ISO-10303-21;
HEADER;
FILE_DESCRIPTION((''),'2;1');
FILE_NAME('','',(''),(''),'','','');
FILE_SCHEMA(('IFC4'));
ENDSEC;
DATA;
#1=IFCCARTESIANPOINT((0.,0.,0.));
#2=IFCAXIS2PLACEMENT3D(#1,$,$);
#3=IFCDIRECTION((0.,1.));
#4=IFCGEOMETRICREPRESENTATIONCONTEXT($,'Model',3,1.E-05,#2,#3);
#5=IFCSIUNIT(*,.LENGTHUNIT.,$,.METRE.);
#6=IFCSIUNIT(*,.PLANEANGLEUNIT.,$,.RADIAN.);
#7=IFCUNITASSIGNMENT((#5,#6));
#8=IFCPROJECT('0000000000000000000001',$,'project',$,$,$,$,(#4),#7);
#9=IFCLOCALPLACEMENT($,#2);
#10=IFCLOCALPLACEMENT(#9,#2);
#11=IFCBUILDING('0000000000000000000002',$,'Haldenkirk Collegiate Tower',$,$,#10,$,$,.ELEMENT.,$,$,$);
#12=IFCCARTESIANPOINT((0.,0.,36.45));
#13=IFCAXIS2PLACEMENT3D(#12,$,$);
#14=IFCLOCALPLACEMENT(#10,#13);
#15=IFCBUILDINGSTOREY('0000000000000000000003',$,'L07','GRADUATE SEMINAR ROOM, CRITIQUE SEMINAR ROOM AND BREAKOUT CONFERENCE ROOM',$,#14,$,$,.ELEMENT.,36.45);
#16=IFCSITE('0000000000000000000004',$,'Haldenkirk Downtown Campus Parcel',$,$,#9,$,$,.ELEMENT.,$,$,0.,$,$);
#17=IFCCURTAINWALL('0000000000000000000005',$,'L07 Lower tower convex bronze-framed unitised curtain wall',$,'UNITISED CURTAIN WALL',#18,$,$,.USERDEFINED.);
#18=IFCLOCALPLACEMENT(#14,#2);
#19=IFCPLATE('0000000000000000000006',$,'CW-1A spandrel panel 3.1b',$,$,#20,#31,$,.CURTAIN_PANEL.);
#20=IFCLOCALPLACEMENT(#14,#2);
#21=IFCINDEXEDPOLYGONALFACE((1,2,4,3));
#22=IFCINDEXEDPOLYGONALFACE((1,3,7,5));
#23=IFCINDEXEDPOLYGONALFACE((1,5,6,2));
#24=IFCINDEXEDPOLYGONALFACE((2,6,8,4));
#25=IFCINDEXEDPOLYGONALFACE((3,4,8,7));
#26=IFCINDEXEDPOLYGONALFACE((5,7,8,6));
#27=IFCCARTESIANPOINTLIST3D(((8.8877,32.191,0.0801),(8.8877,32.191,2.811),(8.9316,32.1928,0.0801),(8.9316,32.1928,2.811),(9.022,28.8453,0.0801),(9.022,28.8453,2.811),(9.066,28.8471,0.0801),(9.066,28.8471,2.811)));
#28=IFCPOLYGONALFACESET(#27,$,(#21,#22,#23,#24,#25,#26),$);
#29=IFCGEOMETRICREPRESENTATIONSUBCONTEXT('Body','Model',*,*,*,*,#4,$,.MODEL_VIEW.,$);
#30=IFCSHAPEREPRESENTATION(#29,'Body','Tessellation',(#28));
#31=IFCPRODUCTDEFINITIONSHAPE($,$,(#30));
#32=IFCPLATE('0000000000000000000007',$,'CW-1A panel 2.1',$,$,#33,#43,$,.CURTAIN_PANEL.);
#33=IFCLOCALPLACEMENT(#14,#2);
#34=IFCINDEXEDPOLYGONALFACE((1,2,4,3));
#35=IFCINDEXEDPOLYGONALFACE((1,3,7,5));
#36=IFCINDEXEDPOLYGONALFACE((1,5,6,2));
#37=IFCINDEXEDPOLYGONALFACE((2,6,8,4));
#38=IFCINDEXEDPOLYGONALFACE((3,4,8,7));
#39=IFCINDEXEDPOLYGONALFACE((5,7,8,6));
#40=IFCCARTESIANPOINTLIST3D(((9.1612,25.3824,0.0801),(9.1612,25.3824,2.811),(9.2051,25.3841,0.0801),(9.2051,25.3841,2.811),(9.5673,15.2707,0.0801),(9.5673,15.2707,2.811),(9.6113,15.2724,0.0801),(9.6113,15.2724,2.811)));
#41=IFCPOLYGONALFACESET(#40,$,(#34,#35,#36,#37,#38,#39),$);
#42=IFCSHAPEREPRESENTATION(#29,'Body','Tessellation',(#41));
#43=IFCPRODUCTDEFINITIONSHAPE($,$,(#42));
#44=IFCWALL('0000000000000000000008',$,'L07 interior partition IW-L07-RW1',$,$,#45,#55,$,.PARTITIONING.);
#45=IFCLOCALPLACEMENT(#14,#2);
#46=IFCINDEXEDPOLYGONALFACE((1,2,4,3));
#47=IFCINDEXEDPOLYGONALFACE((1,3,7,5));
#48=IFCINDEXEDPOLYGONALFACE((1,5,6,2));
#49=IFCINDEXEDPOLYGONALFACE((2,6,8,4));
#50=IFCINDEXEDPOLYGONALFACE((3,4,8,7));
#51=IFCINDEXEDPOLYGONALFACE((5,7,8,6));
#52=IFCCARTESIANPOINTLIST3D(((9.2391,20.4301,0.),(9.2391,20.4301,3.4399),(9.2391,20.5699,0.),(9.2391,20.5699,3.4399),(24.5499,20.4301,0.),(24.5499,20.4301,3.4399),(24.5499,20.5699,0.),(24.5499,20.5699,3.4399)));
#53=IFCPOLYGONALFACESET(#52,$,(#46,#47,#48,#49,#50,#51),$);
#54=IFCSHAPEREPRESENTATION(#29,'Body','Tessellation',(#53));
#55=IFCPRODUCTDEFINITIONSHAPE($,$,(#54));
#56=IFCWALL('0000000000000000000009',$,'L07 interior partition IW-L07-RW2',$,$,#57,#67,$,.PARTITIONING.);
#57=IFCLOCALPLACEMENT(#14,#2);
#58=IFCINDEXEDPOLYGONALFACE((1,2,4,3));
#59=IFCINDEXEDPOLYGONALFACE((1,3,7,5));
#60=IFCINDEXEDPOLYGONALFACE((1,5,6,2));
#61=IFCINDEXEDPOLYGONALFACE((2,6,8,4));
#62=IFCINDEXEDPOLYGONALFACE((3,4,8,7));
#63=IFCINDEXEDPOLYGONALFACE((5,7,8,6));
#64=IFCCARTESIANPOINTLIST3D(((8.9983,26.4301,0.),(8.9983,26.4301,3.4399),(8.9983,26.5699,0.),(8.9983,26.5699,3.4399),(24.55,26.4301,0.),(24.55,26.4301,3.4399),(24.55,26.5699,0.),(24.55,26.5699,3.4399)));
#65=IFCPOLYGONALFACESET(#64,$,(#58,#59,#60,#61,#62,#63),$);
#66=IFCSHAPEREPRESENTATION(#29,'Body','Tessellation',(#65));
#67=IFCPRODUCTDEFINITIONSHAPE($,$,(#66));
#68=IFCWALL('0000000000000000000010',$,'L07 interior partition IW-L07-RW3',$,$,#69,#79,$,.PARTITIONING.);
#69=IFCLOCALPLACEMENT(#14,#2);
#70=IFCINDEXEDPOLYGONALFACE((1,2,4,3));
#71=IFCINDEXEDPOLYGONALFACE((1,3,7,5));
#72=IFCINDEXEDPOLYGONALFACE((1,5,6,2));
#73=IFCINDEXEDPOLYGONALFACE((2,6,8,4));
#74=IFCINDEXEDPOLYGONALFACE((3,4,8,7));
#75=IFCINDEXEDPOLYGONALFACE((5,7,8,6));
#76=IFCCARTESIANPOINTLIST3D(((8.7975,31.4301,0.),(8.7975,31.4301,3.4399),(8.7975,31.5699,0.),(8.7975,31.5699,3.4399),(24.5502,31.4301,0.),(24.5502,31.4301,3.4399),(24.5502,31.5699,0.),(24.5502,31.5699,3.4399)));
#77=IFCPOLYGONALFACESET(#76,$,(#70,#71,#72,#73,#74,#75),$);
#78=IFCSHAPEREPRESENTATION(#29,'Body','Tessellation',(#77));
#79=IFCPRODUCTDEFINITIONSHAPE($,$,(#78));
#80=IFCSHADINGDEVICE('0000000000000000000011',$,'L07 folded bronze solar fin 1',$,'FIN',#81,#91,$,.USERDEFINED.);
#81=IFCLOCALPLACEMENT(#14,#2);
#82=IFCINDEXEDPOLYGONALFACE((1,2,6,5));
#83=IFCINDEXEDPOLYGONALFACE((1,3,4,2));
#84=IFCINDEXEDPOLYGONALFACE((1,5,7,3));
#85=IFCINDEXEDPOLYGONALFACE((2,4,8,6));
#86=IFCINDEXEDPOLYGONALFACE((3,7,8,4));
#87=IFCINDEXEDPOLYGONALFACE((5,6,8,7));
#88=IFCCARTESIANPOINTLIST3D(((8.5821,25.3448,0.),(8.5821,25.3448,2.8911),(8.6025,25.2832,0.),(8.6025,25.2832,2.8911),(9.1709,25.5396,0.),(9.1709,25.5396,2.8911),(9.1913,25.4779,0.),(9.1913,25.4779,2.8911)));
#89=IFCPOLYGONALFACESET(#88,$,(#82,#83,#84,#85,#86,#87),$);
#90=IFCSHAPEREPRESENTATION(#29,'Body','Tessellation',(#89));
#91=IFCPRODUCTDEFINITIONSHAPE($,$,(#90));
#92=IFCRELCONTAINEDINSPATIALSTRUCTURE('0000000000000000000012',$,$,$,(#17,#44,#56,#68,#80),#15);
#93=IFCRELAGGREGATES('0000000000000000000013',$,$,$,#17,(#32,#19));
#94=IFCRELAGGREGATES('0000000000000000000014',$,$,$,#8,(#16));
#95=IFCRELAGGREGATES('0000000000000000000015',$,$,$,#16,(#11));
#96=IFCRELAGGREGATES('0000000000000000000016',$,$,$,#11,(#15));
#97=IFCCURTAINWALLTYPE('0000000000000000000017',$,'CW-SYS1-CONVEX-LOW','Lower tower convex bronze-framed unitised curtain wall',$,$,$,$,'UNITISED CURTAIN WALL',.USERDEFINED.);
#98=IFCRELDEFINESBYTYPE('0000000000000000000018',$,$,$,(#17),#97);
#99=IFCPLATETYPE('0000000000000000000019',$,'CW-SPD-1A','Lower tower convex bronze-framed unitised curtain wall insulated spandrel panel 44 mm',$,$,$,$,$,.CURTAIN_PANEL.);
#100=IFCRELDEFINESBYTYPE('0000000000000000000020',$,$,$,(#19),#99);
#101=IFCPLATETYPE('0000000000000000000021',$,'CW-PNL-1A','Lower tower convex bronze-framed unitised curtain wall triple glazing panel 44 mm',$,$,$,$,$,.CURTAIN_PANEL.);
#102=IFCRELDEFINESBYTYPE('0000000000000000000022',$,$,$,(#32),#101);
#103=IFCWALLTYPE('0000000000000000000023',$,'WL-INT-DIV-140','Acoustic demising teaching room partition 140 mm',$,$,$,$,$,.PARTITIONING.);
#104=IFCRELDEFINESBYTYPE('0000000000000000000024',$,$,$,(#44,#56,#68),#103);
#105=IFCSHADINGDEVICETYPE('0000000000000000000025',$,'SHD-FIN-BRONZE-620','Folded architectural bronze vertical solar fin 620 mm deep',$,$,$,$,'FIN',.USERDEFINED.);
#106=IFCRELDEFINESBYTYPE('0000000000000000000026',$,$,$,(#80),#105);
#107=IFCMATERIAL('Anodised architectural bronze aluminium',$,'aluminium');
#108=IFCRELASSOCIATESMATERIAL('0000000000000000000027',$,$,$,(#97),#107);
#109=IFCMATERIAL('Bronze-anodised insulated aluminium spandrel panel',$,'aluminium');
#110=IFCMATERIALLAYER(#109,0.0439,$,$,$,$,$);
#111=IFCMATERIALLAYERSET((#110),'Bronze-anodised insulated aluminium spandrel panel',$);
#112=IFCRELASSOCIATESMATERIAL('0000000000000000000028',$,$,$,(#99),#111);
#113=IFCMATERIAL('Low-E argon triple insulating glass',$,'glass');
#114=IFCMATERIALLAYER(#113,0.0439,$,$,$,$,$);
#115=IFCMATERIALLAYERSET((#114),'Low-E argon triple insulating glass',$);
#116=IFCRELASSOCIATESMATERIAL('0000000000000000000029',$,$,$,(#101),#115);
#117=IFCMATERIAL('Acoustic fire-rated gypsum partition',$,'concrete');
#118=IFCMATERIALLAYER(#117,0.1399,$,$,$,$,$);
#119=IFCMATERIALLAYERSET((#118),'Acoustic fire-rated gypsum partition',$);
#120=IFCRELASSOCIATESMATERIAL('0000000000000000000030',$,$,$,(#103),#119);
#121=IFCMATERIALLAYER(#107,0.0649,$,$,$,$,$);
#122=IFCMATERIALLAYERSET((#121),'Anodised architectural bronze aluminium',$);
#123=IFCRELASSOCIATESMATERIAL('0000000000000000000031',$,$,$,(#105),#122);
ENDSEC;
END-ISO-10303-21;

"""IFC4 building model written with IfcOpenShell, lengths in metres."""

from ifc_helpers import new_model, si_unit, direction, frame, frame_2d, origin, origin_2d, place, context, subcontext, project, spatial, rectangle, extrude, source, transform, mapped, material, layer, layer_set, type_object, element, aggregate, save


model = new_model("IFC4")

# Units and contexts
model_context = context("Model", 3, precision=1e-05, world=origin(), true_north=direction((0.0, 1.0)))
body_context = subcontext(model_context, "Body", "Model", "MODEL_VIEW")
ifc_project = project(units=[si_unit("LENGTHUNIT", "METRE"), si_unit("PLANEANGLEUNIT", "RADIAN")], contexts=[model_context])

# Site, building, storey
site_placement = place(None, origin())
site = spatial("IfcSite", under=ifc_project, at=site_placement, Name="Haldenkirk Downtown Campus Parcel", CompositionType="ELEMENT", RefElevation=0.0)
building_placement = place(site_placement, origin())
building = spatial("IfcBuilding", under=site, at=building_placement, Name="Haldenkirk Collegiate Tower", CompositionType="ELEMENT")
storey_placement = place(building_placement, frame((0.0, 0.0, 36.45)))
storey = spatial("IfcBuildingStorey", under=building, at=storey_placement, Name="L07", Description="GRADUATE SEMINAR ROOM, CRITIQUE SEMINAR ROOM AND BREAKOUT CONFERENCE ROOM", CompositionType="ELEMENT", Elevation=36.45)

# Curtain wall
ifc_material_1 = material(Name="Anodised architectural bronze aluminium", Category="aluminium")
curtain_wall_type = type_object("IfcCurtainWallType", Name="CW-SYS1-CONVEX-LOW", Description="Lower tower convex bronze-framed unitised curtain wall", ElementType="UNITISED CURTAIN WALL", PredefinedType="USERDEFINED", material=ifc_material_1)
curtain_wall_placement = place(storey_placement, origin())
curtain_wall = element("IfcCurtainWall", 1, at=curtain_wall_placement, inside=storey, type_object=curtain_wall_type, Name="L07 Lower tower convex bronze-framed unitised curtain wall", ObjectType="UNITISED CURTAIN WALL", PredefinedType="USERDEFINED")

# Plates
ifc_material_2 = material(Name="Bronze-anodised insulated aluminium spandrel panel", Category="aluminium")
ifc_layer_1 = layer(ifc_material_2, 0.0439)
ifc_layer_set_1 = layer_set([ifc_layer_1], Name="Bronze-anodised insulated aluminium spandrel panel")
plate_type_1 = type_object("IfcPlateType", Name="CW-SPD-1A", Description="Lower tower convex bronze-framed unitised curtain wall insulated spandrel panel 44 mm", PredefinedType="CURTAIN_PANEL", material=ifc_layer_set_1)
ifc_material_3 = material(Name="Low-E argon triple insulating glass", Category="glass")
ifc_layer_2 = layer(ifc_material_3, 0.0439)
ifc_layer_set_2 = layer_set([ifc_layer_2], Name="Low-E argon triple insulating glass")
plate_type_2 = type_object("IfcPlateType", Name="CW-PNL-1A", Description="Lower tower convex bronze-framed unitised curtain wall triple glazing panel 44 mm", PredefinedType="CURTAIN_PANEL", material=ifc_layer_set_2)
shared_shape_1 = source(origin(), body_context, "Body", "SweptSolid", [
    extrude(rectangle(XDim=3.3484, YDim=0.0439, at=origin_2d()), origin(), (0.0, 0.0, 1.0), 2.731),
])
plate_1_placement = place(storey_placement, frame((8.9768, 30.519, 0.0801), z_axis=(0.0, 0.0, 1.0), x_axis=(-0.040132, 0.999194, 0.0)))
plate_1 = element("IfcPlate", 2, at=plate_1_placement, type_object=plate_type_1, Name="CW-1A spandrel panel 3.1b", PredefinedType="CURTAIN_PANEL", context=body_context, shape_type="MappedRepresentation", body=[
    mapped(shared_shape_1, transform((0.0, 0.0, 0.0), x_axis=(1.0, 0.0, 0.0), y_axis=(0.0, 1.0, 0.0), z_axis=(0.0, 0.0, 1.0), scale=1.0)),
])
shared_shape_2 = source(origin(), body_context, "Body", "SweptSolid", [
    extrude(rectangle(XDim=10.1199, YDim=0.0439, at=origin_2d()), origin(), (0.0, 0.0, 1.0), 2.731),
])
plate_2_placement = place(storey_placement, frame((9.3862, 20.3274, 0.0801), z_axis=(0.0, 0.0, 1.0), x_axis=(-0.040132, 0.999194, 0.0)))
plate_2 = element("IfcPlate", 3, at=plate_2_placement, type_object=plate_type_2, Name="CW-1A panel 2.1", PredefinedType="CURTAIN_PANEL", context=body_context, shape_type="MappedRepresentation", body=[
    mapped(shared_shape_2, transform((0.0, 0.0, 0.0), x_axis=(1.0, 0.0, 0.0), y_axis=(0.0, 1.0, 0.0), z_axis=(0.0, 0.0, 1.0), scale=1.0)),
])
aggregate(curtain_wall, [plate_2, plate_1])

# Shared definitions
ifc_material_4 = material(Name="Acoustic fire-rated gypsum partition", Category="concrete")

# Walls
ifc_layer_3 = layer(ifc_material_4, 0.1399)
ifc_layer_set_3 = layer_set([ifc_layer_3], Name="Acoustic fire-rated gypsum partition")
wall_type_1 = type_object("IfcWallType", Name="WL-INT-DIV-140", Description="Acoustic demising teaching room partition 140 mm", PredefinedType="PARTITIONING", material=ifc_layer_set_3)
wall_1_placement = place(storey_placement, frame((9.2393, 20.5, 0.0), z_axis=(0.0, 0.0, 1.0), x_axis=(1.0, 0.0, 0.0)))
element("IfcWall", 4, at=wall_1_placement, inside=storey, type_object=wall_type_1, Name="L07 interior partition IW-L07-RW1", PredefinedType="PARTITIONING", context=body_context, shape_type="SweptSolid", body=[
    extrude(rectangle(XDim=15.3108, YDim=0.1399, at=frame_2d((7.6553, 0.0))), origin(), (0.0, 0.0, 1.0), 3.4399),
])
wall_2_placement = place(storey_placement, frame((8.9983, 26.5, 0.0), z_axis=(0.0, 0.0, 1.0), x_axis=(1.0, 0.0, 0.0)))
element("IfcWall", 5, at=wall_2_placement, inside=storey, type_object=wall_type_1, Name="L07 interior partition IW-L07-RW2", PredefinedType="PARTITIONING", context=body_context, shape_type="SweptSolid", body=[
    extrude(rectangle(XDim=15.5518, YDim=0.1399, at=frame_2d((7.7759, 0.0))), origin(), (0.0, 0.0, 1.0), 3.4399),
])
wall_3_placement = place(storey_placement, frame((8.7974, 31.5, 0.0), z_axis=(0.0, 0.0, 1.0), x_axis=(1.0, 0.0, 0.0)))
element("IfcWall", 6, at=wall_3_placement, inside=storey, type_object=wall_type_1, Name="L07 interior partition IW-L07-RW3", PredefinedType="PARTITIONING", context=body_context, shape_type="SweptSolid", body=[
    extrude(rectangle(XDim=15.7527, YDim=0.1399, at=frame_2d((7.8765, 0.0))), origin(), (0.0, 0.0, 1.0), 3.4399),
])

# Shading device
ifc_layer_4 = layer(ifc_material_1, 0.0649)
ifc_layer_set_4 = layer_set([ifc_layer_4], Name="Anodised architectural bronze aluminium")
shading_device_type = type_object("IfcShadingDeviceType", Name="SHD-FIN-BRONZE-620", Description="Folded architectural bronze vertical solar fin 620 mm deep", ElementType="FIN", PredefinedType="USERDEFINED", material=ifc_layer_set_4)
shared_shape_3 = source(origin(), body_context, "Body", "SweptSolid", [
    extrude(rectangle(XDim=0.6201, YDim=0.0649, at=origin_2d()), origin(), (0.0, 0.0, 1.0), 2.8911),
])
shading_device_placement = place(storey_placement, frame((8.8867, 25.4114, 0.0), z_axis=(0.0, 0.0, 1.0), x_axis=(-0.949425, -0.313992, 0.0)))
element("IfcShadingDevice", 7, at=shading_device_placement, inside=storey, type_object=shading_device_type, Name="L07 folded bronze solar fin 1", ObjectType="FIN", PredefinedType="USERDEFINED", context=body_context, shape_type="MappedRepresentation", body=[
    mapped(shared_shape_3, transform((0.0, 0.0, 0.0), x_axis=(1.0, 0.0, 0.0), y_axis=(0.0, 1.0, 0.0), z_axis=(0.0, 0.0, 1.0), scale=1.0)),
])

save(model, "model.ifc")
